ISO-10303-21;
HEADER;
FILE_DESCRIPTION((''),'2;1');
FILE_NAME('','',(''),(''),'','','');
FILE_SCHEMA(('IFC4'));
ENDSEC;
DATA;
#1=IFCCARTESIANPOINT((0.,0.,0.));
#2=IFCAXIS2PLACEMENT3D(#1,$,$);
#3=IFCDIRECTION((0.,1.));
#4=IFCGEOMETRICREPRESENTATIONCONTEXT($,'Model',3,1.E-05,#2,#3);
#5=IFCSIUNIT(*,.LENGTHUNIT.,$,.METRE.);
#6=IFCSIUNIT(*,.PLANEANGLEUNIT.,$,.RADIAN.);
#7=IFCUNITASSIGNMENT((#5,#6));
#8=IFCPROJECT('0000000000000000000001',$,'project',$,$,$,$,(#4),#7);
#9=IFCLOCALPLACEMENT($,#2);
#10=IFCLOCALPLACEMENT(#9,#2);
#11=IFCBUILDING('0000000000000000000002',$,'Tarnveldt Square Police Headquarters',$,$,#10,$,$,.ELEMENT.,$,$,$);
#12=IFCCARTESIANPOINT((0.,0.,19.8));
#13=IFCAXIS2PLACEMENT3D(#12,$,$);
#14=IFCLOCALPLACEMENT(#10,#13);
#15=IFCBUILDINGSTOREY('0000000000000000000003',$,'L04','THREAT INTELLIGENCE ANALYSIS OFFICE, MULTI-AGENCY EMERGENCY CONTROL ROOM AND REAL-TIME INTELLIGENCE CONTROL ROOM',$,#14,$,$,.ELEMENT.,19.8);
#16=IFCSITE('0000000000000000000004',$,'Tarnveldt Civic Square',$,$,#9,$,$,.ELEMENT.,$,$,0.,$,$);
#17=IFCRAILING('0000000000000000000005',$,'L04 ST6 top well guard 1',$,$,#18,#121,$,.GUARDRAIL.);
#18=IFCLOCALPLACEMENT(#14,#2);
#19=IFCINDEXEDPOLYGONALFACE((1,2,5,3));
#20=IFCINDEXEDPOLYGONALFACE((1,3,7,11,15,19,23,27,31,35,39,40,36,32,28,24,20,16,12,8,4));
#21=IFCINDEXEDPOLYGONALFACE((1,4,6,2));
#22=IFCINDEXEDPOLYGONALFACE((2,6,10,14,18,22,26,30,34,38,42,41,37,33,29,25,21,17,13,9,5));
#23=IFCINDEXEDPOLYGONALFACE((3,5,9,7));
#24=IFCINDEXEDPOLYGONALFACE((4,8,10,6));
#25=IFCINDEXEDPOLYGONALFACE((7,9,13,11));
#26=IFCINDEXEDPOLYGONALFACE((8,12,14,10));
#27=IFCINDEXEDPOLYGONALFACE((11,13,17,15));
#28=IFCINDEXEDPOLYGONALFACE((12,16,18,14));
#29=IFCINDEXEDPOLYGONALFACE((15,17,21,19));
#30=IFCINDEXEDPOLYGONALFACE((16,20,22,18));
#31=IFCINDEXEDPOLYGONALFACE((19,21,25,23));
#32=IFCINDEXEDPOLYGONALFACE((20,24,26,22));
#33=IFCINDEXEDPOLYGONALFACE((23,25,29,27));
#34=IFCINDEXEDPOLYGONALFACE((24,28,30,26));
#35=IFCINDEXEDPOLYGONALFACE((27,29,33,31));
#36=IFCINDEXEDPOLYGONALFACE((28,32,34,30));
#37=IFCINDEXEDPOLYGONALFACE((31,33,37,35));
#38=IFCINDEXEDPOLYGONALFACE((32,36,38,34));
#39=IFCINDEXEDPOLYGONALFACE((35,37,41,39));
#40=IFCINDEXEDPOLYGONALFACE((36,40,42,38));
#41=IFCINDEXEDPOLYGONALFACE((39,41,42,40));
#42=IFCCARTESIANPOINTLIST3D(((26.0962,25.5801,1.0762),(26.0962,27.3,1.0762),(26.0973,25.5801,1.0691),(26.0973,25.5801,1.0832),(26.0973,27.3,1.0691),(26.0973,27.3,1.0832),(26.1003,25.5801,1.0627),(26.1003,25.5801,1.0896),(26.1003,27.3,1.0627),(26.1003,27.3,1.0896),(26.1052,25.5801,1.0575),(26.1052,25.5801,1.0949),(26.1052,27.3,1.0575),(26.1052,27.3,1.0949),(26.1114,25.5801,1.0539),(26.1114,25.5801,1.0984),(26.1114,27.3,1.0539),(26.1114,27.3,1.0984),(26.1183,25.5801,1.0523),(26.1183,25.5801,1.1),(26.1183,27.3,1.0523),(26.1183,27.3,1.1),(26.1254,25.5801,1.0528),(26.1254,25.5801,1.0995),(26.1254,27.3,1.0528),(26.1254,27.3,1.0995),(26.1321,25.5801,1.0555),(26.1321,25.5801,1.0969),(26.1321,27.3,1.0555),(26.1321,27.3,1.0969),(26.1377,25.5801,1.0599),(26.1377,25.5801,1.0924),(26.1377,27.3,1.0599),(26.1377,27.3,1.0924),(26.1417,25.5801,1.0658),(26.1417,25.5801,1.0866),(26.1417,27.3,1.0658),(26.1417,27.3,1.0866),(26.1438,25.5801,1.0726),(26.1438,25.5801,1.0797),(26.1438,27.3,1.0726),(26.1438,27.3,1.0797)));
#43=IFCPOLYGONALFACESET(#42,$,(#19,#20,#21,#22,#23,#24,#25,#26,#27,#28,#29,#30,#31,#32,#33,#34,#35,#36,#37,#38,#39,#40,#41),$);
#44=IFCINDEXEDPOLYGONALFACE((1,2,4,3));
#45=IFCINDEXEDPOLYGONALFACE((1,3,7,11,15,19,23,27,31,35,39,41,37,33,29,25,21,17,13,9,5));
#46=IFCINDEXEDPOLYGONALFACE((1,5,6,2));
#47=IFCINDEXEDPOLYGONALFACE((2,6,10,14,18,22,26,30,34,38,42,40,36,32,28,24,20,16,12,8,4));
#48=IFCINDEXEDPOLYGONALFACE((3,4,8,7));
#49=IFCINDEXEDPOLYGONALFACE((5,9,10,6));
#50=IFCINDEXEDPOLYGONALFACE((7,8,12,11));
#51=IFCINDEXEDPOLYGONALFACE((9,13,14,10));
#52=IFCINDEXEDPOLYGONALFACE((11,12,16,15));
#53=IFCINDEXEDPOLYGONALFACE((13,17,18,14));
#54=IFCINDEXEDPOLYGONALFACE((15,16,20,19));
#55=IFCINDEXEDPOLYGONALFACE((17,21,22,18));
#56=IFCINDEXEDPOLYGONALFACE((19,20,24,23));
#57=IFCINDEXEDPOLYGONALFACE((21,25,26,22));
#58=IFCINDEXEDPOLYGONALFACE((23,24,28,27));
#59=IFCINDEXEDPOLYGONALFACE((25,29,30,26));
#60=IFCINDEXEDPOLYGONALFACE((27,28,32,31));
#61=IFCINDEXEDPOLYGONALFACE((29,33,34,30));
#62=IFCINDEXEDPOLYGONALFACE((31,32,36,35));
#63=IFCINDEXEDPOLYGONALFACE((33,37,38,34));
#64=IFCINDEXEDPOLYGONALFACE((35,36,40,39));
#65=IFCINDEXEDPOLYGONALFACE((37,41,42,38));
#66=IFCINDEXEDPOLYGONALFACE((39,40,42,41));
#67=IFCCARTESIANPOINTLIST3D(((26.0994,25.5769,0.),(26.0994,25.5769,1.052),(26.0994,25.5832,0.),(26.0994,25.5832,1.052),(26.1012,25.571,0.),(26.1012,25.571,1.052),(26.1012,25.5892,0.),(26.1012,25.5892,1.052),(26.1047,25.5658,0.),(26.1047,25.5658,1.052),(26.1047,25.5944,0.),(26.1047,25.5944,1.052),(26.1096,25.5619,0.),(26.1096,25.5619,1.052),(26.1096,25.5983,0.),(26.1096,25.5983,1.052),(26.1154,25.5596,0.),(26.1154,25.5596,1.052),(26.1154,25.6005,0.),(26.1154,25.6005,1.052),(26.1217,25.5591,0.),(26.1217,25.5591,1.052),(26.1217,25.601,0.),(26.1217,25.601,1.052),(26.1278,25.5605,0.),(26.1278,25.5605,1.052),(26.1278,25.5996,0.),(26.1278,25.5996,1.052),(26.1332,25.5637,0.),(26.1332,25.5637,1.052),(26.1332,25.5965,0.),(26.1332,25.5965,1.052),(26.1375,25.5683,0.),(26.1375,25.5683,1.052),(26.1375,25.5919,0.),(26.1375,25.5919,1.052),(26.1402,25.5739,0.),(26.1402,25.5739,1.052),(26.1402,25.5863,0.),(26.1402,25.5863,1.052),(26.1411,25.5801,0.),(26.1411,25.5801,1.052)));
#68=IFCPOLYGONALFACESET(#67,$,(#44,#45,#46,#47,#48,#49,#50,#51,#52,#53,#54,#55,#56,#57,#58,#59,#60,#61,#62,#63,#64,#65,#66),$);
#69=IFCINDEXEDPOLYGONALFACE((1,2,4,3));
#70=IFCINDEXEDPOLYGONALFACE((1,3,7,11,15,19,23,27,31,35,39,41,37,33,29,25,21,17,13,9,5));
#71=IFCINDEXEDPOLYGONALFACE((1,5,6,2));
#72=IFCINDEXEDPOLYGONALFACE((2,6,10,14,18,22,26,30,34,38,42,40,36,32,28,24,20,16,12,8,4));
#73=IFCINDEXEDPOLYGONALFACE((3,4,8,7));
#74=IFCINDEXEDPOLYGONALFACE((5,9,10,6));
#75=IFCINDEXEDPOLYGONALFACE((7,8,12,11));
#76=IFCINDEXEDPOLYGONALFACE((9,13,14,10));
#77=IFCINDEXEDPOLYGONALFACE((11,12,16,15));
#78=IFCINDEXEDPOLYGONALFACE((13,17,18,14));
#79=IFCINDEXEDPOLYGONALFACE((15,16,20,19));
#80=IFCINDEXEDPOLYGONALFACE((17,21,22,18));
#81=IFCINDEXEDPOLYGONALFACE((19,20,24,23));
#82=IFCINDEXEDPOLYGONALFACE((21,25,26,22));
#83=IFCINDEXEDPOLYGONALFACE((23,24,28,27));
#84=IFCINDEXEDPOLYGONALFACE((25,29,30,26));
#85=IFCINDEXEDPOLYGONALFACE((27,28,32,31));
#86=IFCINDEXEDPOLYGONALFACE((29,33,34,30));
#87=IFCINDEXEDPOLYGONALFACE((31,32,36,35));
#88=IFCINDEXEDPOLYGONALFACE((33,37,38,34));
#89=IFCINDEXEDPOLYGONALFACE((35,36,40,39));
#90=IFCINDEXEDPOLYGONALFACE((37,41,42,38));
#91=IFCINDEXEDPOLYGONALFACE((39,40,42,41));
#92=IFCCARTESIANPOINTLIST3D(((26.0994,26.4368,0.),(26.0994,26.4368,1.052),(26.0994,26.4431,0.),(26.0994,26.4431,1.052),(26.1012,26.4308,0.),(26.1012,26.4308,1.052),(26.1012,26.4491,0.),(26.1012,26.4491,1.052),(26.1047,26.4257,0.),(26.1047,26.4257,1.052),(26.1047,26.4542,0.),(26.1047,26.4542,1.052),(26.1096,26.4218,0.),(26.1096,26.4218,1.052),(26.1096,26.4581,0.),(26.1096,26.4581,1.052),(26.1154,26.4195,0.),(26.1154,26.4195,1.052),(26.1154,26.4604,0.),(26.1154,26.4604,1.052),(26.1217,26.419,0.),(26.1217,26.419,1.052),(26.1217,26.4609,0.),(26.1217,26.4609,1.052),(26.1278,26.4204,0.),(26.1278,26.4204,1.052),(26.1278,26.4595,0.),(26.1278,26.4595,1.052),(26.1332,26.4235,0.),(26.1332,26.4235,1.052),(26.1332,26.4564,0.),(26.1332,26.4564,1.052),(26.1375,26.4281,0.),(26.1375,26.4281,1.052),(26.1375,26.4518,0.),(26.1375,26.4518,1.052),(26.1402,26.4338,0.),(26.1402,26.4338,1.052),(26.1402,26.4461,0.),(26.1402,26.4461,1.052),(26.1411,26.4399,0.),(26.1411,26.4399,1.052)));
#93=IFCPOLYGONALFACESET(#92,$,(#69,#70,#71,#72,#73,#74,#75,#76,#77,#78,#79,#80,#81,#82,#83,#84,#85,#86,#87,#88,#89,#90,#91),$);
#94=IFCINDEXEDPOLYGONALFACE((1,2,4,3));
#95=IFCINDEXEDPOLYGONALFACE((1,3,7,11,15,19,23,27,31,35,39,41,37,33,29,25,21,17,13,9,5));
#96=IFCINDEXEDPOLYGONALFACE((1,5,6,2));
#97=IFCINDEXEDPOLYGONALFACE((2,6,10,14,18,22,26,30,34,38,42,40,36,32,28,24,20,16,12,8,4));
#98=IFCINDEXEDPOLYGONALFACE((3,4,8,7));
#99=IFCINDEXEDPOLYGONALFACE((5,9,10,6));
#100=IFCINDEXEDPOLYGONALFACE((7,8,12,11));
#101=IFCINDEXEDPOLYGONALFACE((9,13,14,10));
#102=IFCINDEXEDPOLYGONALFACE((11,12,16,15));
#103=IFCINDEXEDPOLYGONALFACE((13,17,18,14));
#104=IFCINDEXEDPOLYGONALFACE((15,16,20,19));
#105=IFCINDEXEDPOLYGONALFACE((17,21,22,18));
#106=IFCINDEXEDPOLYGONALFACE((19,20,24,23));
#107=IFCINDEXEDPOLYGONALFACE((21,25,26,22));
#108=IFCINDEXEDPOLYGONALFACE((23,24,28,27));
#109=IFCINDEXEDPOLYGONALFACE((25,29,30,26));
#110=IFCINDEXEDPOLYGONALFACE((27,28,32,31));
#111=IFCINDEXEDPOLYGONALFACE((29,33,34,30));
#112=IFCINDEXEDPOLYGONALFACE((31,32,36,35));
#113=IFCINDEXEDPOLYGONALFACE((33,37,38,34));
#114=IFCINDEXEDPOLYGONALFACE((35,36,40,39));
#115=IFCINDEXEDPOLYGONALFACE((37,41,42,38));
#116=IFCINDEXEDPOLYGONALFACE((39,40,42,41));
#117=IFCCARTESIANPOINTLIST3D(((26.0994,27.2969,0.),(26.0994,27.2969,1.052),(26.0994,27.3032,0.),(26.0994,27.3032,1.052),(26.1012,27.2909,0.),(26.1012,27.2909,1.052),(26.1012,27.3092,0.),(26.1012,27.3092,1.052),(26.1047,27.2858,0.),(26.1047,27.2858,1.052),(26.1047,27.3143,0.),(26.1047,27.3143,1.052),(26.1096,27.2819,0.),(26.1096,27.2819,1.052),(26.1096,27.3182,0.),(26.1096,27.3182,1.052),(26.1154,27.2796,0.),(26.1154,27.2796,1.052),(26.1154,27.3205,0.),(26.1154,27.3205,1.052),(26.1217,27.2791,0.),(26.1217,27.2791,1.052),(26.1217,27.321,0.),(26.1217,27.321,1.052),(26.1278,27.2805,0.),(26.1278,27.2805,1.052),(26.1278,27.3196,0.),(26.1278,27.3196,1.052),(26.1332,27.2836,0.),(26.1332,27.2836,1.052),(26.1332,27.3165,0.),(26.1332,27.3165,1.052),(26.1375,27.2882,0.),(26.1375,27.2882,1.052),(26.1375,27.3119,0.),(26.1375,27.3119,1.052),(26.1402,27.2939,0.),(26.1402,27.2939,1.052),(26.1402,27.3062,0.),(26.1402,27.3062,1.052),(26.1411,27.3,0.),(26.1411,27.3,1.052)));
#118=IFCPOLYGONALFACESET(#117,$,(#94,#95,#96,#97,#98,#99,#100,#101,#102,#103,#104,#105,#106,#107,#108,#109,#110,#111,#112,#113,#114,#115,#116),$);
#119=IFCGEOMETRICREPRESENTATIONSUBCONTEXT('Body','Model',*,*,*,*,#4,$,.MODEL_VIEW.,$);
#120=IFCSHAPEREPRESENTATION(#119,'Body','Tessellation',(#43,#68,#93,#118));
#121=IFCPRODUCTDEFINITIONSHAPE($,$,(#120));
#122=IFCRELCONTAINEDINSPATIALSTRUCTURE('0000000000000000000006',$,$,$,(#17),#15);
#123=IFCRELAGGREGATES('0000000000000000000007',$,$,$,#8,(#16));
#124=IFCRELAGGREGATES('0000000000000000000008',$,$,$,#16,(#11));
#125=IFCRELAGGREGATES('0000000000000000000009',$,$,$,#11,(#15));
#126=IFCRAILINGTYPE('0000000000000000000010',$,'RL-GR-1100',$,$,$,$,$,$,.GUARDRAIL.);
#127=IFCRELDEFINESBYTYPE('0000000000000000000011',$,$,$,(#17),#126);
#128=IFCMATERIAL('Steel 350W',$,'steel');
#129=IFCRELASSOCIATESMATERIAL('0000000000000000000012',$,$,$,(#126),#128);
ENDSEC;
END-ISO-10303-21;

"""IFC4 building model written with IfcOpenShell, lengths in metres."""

from ifc_helpers import new_model, si_unit, direction, frame, origin, origin_2d, place, context, subcontext, project, spatial, circle, extrude, material, type_object, element, save


model = new_model("IFC4")

# Units and contexts
model_context = context("Model", 3, precision=1e-05, world=origin(), true_north=direction((0.0, 1.0)))
body_context = subcontext(model_context, "Body", "Model", "MODEL_VIEW")
ifc_project = project(units=[si_unit("LENGTHUNIT", "METRE"), si_unit("PLANEANGLEUNIT", "RADIAN")], contexts=[model_context])

# Site, building, storey
site_placement = place(None, origin())
site = spatial("IfcSite", under=ifc_project, at=site_placement, Name="Tarnveldt Civic Square", CompositionType="ELEMENT", RefElevation=0.0)
building_placement = place(site_placement, origin())
building = spatial("IfcBuilding", under=site, at=building_placement, Name="Tarnveldt Square Police Headquarters", CompositionType="ELEMENT")
storey_placement = place(building_placement, frame((0.0, 0.0, 19.8)))
storey = spatial("IfcBuildingStorey", under=building, at=storey_placement, Name="L04", Description="THREAT INTELLIGENCE ANALYSIS OFFICE, MULTI-AGENCY EMERGENCY CONTROL ROOM AND REAL-TIME INTELLIGENCE CONTROL ROOM", CompositionType="ELEMENT", Elevation=19.8)

# Shared definitions
ifc_material_1 = material(Name="Steel 350W", Category="steel")

# Railing
railing_type = type_object("IfcRailingType", Name="RL-GR-1100", PredefinedType="GUARDRAIL", material=ifc_material_1)
railing_1_placement = place(storey_placement, frame((26.1201, 25.5801, 0.0)))
element("IfcRailing", 1, at=railing_1_placement, inside=storey, type_object=railing_type, Name="L04 ST6 top well guard 1", PredefinedType="GUARDRAIL", context=body_context, shape_type="SweptSolid", body=[
    extrude(circle(Radius=0.0239, at=origin_2d()), frame((0.0, 0.0, 1.0762), z_axis=(0.0, 1.0, 0.0), x_axis=(-1.0, 0.0, 0.0)), (0.0, 0.0, 1.0), 1.72),
    extrude(circle(Radius=0.021, at=origin_2d()), origin(), (0.0, 0.0, 1.0), 1.052),
    extrude(circle(Radius=0.021, at=origin_2d()), frame((0.0, 0.8599, 0.0)), (0.0, 0.0, 1.0), 1.052),
    extrude(circle(Radius=0.021, at=origin_2d()), frame((0.0, 1.72, 0.0)), (0.0, 0.0, 1.0), 1.052),
])

save(model, "model.ifc")
